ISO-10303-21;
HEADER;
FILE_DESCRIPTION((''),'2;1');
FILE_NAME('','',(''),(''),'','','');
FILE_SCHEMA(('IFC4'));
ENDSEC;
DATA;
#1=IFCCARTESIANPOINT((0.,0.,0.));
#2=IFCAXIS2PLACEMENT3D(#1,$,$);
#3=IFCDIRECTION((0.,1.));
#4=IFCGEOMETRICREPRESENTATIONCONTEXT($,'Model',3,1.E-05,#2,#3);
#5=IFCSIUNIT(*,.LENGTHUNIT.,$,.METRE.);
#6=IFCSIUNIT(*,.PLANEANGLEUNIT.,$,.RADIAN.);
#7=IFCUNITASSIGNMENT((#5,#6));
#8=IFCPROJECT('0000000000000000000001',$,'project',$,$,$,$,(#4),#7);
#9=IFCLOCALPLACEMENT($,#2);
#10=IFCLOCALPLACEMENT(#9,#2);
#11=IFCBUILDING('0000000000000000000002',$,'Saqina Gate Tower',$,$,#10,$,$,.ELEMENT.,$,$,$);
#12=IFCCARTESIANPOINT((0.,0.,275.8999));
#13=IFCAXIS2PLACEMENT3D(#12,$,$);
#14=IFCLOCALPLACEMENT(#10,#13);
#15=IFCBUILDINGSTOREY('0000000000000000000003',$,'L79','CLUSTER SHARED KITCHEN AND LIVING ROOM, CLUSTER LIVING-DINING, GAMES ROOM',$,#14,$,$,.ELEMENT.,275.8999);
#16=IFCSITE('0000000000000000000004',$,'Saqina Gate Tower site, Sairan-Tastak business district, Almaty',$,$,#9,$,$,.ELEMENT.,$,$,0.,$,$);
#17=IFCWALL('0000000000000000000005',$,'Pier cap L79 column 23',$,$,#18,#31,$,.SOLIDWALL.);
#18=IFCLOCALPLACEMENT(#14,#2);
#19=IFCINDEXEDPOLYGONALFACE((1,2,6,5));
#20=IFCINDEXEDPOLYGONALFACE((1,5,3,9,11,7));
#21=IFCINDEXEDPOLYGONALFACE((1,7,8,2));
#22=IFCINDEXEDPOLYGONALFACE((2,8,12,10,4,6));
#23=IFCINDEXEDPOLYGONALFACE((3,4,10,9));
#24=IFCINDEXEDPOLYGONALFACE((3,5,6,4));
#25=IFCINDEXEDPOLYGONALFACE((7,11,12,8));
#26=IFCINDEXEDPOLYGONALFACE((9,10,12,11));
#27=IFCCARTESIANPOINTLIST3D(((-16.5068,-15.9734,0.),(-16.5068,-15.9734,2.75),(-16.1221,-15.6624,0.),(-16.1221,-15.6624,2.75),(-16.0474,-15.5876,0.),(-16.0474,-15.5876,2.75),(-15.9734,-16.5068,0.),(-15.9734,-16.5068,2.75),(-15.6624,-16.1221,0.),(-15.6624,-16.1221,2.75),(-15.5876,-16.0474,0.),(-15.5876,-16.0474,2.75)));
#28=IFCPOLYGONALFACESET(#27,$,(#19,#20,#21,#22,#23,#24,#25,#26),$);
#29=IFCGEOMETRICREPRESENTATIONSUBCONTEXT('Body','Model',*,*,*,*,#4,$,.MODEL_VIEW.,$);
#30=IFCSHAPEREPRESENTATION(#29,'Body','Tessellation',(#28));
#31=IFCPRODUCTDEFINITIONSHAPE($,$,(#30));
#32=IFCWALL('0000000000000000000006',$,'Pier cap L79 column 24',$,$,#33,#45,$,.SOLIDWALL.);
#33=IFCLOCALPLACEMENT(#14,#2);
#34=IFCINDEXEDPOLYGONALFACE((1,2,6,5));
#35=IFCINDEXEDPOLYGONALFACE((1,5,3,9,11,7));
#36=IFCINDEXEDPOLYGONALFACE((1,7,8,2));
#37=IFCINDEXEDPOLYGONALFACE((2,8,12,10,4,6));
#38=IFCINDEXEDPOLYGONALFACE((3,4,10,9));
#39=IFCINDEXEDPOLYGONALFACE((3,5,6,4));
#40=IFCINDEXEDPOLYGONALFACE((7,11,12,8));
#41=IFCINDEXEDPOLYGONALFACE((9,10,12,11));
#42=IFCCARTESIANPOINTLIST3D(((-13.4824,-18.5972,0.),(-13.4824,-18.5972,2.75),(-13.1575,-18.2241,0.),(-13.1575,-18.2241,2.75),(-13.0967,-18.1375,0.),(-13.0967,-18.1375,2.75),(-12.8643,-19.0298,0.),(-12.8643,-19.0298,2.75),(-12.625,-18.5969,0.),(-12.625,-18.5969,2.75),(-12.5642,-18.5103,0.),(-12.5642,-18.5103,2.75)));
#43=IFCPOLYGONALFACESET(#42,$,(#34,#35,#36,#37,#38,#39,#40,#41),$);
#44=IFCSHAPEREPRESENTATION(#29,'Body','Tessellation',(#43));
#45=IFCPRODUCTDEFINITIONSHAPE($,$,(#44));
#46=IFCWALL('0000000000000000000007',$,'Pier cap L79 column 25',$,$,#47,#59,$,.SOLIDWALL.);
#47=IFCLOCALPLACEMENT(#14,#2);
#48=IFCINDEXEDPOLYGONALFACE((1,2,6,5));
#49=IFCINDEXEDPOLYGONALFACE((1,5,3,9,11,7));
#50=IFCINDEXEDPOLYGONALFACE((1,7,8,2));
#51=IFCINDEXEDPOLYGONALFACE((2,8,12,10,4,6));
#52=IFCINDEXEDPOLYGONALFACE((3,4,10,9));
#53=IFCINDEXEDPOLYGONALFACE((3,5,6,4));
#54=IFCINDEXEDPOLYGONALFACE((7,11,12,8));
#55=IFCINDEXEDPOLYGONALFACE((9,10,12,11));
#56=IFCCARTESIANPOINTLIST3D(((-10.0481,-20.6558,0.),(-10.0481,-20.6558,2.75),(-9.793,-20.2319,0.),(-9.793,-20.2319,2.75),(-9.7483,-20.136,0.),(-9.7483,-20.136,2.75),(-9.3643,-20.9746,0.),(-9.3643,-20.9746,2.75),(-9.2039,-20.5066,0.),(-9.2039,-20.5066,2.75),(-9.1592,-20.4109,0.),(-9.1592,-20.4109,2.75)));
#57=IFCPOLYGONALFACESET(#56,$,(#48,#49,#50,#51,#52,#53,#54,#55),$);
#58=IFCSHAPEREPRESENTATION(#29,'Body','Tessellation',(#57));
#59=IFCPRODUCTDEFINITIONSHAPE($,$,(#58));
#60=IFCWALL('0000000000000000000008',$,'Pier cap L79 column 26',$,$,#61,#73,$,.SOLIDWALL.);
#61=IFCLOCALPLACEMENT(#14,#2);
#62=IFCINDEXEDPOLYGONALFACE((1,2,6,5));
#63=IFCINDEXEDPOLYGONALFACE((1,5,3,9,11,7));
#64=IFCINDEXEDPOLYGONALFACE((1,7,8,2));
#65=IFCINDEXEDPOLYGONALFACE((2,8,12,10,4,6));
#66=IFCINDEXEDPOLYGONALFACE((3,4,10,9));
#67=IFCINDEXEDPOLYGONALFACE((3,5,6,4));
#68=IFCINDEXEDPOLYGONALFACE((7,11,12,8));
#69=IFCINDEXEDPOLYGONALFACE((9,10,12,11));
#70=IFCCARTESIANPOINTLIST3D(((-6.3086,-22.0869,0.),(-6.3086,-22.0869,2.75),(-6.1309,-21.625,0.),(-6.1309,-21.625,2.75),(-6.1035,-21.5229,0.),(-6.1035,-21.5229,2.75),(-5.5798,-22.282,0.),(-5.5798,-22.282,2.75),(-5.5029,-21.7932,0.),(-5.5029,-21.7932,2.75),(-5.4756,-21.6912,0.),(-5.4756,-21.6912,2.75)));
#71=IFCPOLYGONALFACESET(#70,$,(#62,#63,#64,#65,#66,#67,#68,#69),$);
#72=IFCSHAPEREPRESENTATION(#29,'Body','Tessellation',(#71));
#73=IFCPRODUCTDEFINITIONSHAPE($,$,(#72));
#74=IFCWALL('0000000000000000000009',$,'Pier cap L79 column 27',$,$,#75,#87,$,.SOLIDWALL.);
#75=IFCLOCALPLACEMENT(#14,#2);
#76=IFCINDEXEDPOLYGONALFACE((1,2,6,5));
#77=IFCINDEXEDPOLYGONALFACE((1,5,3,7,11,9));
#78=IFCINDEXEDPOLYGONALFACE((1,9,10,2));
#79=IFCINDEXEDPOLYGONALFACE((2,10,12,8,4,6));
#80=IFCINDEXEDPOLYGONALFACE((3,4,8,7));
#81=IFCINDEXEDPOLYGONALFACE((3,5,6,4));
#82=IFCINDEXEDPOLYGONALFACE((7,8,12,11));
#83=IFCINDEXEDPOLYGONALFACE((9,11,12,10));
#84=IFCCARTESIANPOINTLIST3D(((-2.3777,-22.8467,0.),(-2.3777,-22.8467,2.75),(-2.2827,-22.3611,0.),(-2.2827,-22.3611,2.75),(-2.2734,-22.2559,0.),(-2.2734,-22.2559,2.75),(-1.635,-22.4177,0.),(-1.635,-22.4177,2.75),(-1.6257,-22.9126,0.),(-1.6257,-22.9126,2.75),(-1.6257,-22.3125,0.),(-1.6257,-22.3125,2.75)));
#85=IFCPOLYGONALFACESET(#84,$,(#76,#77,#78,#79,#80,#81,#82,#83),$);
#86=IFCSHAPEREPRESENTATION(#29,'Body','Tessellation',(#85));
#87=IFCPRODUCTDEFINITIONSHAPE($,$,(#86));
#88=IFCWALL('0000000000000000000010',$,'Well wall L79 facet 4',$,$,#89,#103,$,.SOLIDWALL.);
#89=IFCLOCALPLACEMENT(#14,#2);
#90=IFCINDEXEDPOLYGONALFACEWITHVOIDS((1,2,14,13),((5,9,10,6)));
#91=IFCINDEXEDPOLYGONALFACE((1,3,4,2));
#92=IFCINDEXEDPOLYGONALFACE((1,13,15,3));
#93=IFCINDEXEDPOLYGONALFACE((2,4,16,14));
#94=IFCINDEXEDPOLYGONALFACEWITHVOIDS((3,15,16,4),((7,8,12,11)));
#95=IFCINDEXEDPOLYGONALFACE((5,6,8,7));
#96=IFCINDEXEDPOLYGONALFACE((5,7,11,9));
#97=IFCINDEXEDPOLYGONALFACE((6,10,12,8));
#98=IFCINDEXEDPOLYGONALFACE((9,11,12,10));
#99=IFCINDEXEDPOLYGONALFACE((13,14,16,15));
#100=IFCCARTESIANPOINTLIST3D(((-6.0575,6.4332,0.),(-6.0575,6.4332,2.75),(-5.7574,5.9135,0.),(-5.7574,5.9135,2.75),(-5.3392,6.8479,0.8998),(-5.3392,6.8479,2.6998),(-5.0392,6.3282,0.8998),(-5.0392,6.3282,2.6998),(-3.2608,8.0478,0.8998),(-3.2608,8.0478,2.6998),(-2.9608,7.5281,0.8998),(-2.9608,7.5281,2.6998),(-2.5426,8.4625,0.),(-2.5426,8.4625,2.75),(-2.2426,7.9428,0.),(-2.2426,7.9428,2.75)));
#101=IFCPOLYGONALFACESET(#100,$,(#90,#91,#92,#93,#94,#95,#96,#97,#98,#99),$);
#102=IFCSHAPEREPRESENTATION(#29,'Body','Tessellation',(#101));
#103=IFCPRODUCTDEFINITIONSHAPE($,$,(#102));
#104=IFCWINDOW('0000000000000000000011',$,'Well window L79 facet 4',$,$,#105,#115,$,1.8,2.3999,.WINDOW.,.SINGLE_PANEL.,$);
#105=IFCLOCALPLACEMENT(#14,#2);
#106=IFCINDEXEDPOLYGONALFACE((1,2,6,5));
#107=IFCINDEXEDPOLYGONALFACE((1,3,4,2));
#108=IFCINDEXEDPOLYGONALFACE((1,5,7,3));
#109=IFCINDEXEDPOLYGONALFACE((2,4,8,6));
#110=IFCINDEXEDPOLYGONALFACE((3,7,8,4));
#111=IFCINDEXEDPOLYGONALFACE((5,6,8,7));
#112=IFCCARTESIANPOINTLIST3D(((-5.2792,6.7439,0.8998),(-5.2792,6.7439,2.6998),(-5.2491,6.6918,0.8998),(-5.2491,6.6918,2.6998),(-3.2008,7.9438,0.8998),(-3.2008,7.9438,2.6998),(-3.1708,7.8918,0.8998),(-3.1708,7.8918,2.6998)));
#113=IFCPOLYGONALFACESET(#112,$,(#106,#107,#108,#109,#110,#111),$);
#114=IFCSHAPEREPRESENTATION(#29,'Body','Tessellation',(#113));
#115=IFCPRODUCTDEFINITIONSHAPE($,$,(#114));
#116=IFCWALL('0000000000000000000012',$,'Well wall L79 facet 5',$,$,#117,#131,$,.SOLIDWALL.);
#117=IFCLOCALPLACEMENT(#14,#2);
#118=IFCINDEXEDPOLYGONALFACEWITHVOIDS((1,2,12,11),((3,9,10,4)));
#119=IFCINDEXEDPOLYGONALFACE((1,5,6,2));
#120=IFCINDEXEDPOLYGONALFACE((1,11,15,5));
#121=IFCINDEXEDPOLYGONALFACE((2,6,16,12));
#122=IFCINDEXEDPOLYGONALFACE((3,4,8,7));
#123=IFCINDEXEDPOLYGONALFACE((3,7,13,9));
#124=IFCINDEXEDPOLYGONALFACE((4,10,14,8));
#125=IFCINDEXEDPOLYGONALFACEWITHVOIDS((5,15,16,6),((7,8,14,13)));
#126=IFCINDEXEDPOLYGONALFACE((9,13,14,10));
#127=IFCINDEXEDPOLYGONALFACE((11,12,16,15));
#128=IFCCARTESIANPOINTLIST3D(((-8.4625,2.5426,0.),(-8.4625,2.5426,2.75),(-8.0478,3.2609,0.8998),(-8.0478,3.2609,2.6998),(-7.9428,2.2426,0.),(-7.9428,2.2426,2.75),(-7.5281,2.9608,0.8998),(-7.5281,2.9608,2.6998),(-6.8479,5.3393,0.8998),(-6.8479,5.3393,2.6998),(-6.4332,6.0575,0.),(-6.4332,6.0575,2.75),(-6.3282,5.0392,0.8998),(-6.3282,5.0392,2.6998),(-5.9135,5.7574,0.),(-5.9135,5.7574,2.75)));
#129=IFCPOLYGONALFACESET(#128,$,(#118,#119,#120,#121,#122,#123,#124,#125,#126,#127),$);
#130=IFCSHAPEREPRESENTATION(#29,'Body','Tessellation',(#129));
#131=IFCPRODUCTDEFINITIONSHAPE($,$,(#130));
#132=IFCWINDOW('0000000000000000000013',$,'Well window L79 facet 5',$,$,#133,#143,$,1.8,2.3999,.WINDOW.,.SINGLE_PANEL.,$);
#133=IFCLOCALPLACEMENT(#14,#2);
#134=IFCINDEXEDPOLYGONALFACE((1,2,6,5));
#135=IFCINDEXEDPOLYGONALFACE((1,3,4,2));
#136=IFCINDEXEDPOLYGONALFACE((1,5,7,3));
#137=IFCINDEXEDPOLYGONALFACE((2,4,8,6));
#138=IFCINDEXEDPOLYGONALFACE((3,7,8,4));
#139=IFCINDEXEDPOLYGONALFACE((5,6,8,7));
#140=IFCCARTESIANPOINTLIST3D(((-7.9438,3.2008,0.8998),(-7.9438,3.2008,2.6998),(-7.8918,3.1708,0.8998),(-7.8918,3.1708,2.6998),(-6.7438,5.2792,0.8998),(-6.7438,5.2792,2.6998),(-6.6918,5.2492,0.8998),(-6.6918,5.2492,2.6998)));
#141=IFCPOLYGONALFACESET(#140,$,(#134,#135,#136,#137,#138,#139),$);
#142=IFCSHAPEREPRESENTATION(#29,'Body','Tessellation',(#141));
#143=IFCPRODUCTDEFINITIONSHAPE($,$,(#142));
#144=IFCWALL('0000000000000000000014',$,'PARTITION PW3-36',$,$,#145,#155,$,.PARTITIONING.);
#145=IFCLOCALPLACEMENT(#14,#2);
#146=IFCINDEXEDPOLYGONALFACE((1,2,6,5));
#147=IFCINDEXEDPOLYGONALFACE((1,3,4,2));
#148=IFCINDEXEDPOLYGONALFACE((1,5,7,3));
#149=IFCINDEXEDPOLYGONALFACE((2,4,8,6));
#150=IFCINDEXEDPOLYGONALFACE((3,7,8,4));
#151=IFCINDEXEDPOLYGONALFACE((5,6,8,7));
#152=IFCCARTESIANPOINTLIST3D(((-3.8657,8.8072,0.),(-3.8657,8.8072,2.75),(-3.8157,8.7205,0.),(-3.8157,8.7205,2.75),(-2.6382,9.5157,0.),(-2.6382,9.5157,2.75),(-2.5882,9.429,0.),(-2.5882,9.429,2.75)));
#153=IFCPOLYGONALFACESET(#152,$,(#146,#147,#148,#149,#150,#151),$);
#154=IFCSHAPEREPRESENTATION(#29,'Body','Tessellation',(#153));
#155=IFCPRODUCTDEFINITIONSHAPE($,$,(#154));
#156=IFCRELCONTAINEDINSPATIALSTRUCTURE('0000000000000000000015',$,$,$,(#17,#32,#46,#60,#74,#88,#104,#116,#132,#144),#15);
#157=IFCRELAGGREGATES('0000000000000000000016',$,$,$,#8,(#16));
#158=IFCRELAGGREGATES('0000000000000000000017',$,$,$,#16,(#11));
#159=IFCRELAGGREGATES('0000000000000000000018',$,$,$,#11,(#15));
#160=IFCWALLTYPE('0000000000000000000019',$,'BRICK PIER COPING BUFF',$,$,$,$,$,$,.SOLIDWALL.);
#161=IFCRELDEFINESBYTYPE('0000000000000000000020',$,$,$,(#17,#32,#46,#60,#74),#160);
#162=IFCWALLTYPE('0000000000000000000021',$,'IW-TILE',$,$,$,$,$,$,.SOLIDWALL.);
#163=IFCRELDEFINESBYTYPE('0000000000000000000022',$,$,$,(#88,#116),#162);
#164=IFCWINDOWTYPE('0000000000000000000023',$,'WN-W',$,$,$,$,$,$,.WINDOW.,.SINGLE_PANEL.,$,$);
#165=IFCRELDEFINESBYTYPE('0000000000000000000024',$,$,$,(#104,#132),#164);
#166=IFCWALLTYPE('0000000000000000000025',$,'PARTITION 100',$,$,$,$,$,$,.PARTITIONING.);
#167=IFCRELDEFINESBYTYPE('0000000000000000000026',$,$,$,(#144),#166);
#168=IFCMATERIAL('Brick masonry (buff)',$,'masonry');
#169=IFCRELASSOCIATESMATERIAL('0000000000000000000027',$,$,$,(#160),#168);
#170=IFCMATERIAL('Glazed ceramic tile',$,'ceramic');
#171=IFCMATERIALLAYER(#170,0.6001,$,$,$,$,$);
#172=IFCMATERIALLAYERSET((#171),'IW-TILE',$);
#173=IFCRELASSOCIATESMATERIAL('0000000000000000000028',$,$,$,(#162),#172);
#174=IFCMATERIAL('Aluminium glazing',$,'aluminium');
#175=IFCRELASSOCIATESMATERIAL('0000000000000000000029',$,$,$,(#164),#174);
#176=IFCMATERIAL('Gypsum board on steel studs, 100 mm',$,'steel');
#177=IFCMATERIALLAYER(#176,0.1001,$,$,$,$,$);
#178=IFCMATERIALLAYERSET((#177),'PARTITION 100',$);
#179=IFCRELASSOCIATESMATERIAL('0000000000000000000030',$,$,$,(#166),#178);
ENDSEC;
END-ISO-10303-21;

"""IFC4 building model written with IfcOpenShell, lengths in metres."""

from ifc_helpers import new_model, si_unit, direction, frame, frame_2d, origin, place, context, subcontext, project, spatial, polyline, rectangle, outline, extrude, material, layer, layer_set, type_object, element, fill, save


model = new_model("IFC4")

# Units and contexts
model_context = context("Model", 3, precision=1e-05, world=origin(), true_north=direction((0.0, 1.0)))
body_context = subcontext(model_context, "Body", "Model", "MODEL_VIEW")
ifc_project = project(units=[si_unit("LENGTHUNIT", "METRE"), si_unit("PLANEANGLEUNIT", "RADIAN")], contexts=[model_context])

# Site, building, storey
site_placement = place(None, origin())
site = spatial("IfcSite", under=ifc_project, at=site_placement, Name="Saqina Gate Tower site, Sairan-Tastak business district, Almaty", CompositionType="ELEMENT", RefElevation=0.0)
building_placement = place(site_placement, origin())
building = spatial("IfcBuilding", under=site, at=building_placement, Name="Saqina Gate Tower", CompositionType="ELEMENT")
storey_placement = place(building_placement, frame((0.0, 0.0, 275.8999)))
storey = spatial("IfcBuildingStorey", under=building, at=storey_placement, Name="L79", Description="CLUSTER SHARED KITCHEN AND LIVING ROOM, CLUSTER LIVING-DINING, GAMES ROOM", CompositionType="ELEMENT", Elevation=275.8999)

# Walls
ifc_material_1 = material(Name="Brick masonry (buff)", Category="masonry")
wall_type_1 = type_object("IfcWallType", Name="BRICK PIER COPING BUFF", PredefinedType="SOLIDWALL", material=ifc_material_1)
wall_1_placement = place(storey_placement, origin())
element("IfcWall", 1, at=wall_1_placement, inside=storey, type_object=wall_type_1, Name="Pier cap L79 column 23", PredefinedType="SOLIDWALL", context=body_context, shape_type="SweptSolid", body=[
    extrude(outline(polyline([(-15.9734, -16.5068), (-15.5876, -16.0474), (-15.6624, -16.1221), (-16.1221, -15.6624), (-16.0474, -15.5876), (-16.5068, -15.9734), (-15.9734, -16.5068)])), origin(), (0.0, 0.0, 1.0), 2.75),
])
wall_2_placement = place(storey_placement, origin())
element("IfcWall", 2, at=wall_2_placement, inside=storey, type_object=wall_type_1, Name="Pier cap L79 column 24", PredefinedType="SOLIDWALL", context=body_context, shape_type="SweptSolid", body=[
    extrude(outline(polyline([(-12.8643, -19.0298), (-12.5642, -18.5103), (-12.625, -18.5969), (-13.1575, -18.2241), (-13.0967, -18.1375), (-13.4824, -18.5972), (-12.8643, -19.0298)])), origin(), (0.0, 0.0, 1.0), 2.75),
])
wall_3_placement = place(storey_placement, origin())
element("IfcWall", 3, at=wall_3_placement, inside=storey, type_object=wall_type_1, Name="Pier cap L79 column 25", PredefinedType="SOLIDWALL", context=body_context, shape_type="SweptSolid", body=[
    extrude(outline(polyline([(-10.0481, -20.6558), (-9.3643, -20.9746), (-9.1592, -20.4109), (-9.2039, -20.5066), (-9.793, -20.2319), (-9.7483, -20.136), (-10.0481, -20.6558)])), origin(), (0.0, 0.0, 1.0), 2.75),
])
wall_4_placement = place(storey_placement, origin())
element("IfcWall", 4, at=wall_4_placement, inside=storey, type_object=wall_type_1, Name="Pier cap L79 column 26", PredefinedType="SOLIDWALL", context=body_context, shape_type="SweptSolid", body=[
    extrude(outline(polyline([(-5.5798, -22.282), (-5.4756, -21.6912), (-5.5029, -21.7932), (-6.1309, -21.625), (-6.1035, -21.5229), (-6.3086, -22.0869), (-5.5798, -22.282)])), origin(), (0.0, 0.0, 1.0), 2.75),
])
wall_5_placement = place(storey_placement, origin())
element("IfcWall", 5, at=wall_5_placement, inside=storey, type_object=wall_type_1, Name="Pier cap L79 column 27", PredefinedType="SOLIDWALL", context=body_context, shape_type="SweptSolid", body=[
    extrude(outline(polyline([(-2.3777, -22.8467), (-1.6257, -22.9126), (-1.6257, -22.3125), (-1.635, -22.4177), (-2.2827, -22.3611), (-2.2734, -22.2559), (-2.3777, -22.8467)])), origin(), (0.0, 0.0, 1.0), 2.75),
])

# Walls, openings, windows
ifc_material_2 = material(Name="Glazed ceramic tile", Category="ceramic")
ifc_layer_1 = layer(ifc_material_2, 0.6001)
ifc_layer_set_1 = layer_set([ifc_layer_1], Name="IW-TILE")
wall_type_2 = type_object("IfcWallType", Name="IW-TILE", PredefinedType="SOLIDWALL", material=ifc_layer_set_1)
wall_6_placement = place(storey_placement, frame((-2.3926, 8.2026, 0.0), z_axis=(0.0, 0.0, 1.0), x_axis=(-0.866028, -0.499995, 0.0)))
wall_6 = element("IfcWall", 6, at=wall_6_placement, inside=storey, type_object=wall_type_2, Name="Well wall L79 facet 4", PredefinedType="SOLIDWALL", context=body_context, shape_type="SweptSolid", body=[
    extrude(rectangle(XDim=4.0586, YDim=0.6001, at=frame_2d((2.0293, 0.0))), origin(), (0.0, 0.0, 1.0), 2.75),
])
opening_1_placement = place(wall_6_placement, frame((0.8293, 0.0, 0.8999)))
opening_1 = element("IfcOpeningElement", 7, at=opening_1_placement, cuts=wall_6, PredefinedType="OPENING", context=body_context, shape_type="SweptSolid", body=[
    extrude(rectangle(XDim=2.3999, YDim=1.8, at=frame_2d((1.2, 0.8999))), frame((0.0, 0.312, 0.0), z_axis=(0.0, -1.0, 0.0), x_axis=(1.0, 0.0, 0.0)), (0.0, 0.0, 1.0), 0.624),
])
ifc_material_3 = material(Name="Aluminium glazing", Category="aluminium")
window_type = type_object("IfcWindowType", Name="WN-W", PartitioningType="SINGLE_PANEL", PredefinedType="WINDOW", material=ifc_material_3)
window_1_placement = place(opening_1_placement, origin())
window_1 = element("IfcWindow", 8, at=window_1_placement, inside=storey, type_object=window_type, Name="Well window L79 facet 4", OverallHeight=1.8, OverallWidth=2.3999, PartitioningType="SINGLE_PANEL", PredefinedType="WINDOW", context=body_context, shape_type="SweptSolid", body=[
    extrude(rectangle(XDim=2.3999, YDim=1.8, at=frame_2d((1.2, 0.8999))), frame((0.0, -0.1199, 0.0), z_axis=(0.0, -1.0, 0.0), x_axis=(1.0, 0.0, 0.0)), (0.0, 0.0, 1.0), 0.0601),
])
fill(opening_1, window_1)
wall_7_placement = place(storey_placement, frame((-6.1733, 5.9075, 0.0), z_axis=(0.0, 0.0, 1.0), x_axis=(-0.499995, -0.866028, 0.0)))
wall_7 = element("IfcWall", 9, at=wall_7_placement, inside=storey, type_object=wall_type_2, Name="Well wall L79 facet 5", PredefinedType="SOLIDWALL", context=body_context, shape_type="SweptSolid", body=[
    extrude(rectangle(XDim=4.0586, YDim=0.6001, at=frame_2d((2.0293, 0.0))), origin(), (0.0, 0.0, 1.0), 2.75),
])
opening_2_placement = place(wall_7_placement, frame((0.8293, 0.0, 0.8999)))
opening_2 = element("IfcOpeningElement", 10, at=opening_2_placement, cuts=wall_7, PredefinedType="OPENING", context=body_context, shape_type="SweptSolid", body=[
    extrude(rectangle(XDim=2.3999, YDim=1.8, at=frame_2d((1.2, 0.8999))), frame((0.0, 0.312, 0.0), z_axis=(0.0, -1.0, 0.0), x_axis=(1.0, 0.0, 0.0)), (0.0, 0.0, 1.0), 0.624),
])
window_2_placement = place(opening_2_placement, origin())
window_2 = element("IfcWindow", 11, at=window_2_placement, inside=storey, type_object=window_type, Name="Well window L79 facet 5", OverallHeight=1.8, OverallWidth=2.3999, PartitioningType="SINGLE_PANEL", PredefinedType="WINDOW", context=body_context, shape_type="SweptSolid", body=[
    extrude(rectangle(XDim=2.3999, YDim=1.8, at=frame_2d((1.2, 0.8999))), frame((0.0, -0.1199, 0.0), z_axis=(0.0, -1.0, 0.0), x_axis=(1.0, 0.0, 0.0)), (0.0, 0.0, 1.0), 0.0601),
])
fill(opening_2, window_2)

# Wall
ifc_material_4 = material(Name="Gypsum board on steel studs, 100 mm", Category="steel")
ifc_layer_2 = layer(ifc_material_4, 0.1001)
ifc_layer_set_2 = layer_set([ifc_layer_2], Name="PARTITION 100")
wall_type_3 = type_object("IfcWallType", Name="PARTITION 100", PredefinedType="PARTITIONING", material=ifc_layer_set_2)
wall_8_placement = place(storey_placement, frame((-3.8406, 8.7639, 0.0), z_axis=(0.0, 0.0, 1.0), x_axis=(0.866094, 0.499882, 0.0)))
element("IfcWall", 12, at=wall_8_placement, inside=storey, type_object=wall_type_3, Name="PARTITION PW3-36", PredefinedType="PARTITIONING", context=body_context, shape_type="SweptSolid", body=[
    extrude(rectangle(XDim=1.4172, YDim=0.1001, at=frame_2d((0.7085, 0.0))), origin(), (0.0, 0.0, 1.0), 2.75),
])

save(model, "model.ifc")
